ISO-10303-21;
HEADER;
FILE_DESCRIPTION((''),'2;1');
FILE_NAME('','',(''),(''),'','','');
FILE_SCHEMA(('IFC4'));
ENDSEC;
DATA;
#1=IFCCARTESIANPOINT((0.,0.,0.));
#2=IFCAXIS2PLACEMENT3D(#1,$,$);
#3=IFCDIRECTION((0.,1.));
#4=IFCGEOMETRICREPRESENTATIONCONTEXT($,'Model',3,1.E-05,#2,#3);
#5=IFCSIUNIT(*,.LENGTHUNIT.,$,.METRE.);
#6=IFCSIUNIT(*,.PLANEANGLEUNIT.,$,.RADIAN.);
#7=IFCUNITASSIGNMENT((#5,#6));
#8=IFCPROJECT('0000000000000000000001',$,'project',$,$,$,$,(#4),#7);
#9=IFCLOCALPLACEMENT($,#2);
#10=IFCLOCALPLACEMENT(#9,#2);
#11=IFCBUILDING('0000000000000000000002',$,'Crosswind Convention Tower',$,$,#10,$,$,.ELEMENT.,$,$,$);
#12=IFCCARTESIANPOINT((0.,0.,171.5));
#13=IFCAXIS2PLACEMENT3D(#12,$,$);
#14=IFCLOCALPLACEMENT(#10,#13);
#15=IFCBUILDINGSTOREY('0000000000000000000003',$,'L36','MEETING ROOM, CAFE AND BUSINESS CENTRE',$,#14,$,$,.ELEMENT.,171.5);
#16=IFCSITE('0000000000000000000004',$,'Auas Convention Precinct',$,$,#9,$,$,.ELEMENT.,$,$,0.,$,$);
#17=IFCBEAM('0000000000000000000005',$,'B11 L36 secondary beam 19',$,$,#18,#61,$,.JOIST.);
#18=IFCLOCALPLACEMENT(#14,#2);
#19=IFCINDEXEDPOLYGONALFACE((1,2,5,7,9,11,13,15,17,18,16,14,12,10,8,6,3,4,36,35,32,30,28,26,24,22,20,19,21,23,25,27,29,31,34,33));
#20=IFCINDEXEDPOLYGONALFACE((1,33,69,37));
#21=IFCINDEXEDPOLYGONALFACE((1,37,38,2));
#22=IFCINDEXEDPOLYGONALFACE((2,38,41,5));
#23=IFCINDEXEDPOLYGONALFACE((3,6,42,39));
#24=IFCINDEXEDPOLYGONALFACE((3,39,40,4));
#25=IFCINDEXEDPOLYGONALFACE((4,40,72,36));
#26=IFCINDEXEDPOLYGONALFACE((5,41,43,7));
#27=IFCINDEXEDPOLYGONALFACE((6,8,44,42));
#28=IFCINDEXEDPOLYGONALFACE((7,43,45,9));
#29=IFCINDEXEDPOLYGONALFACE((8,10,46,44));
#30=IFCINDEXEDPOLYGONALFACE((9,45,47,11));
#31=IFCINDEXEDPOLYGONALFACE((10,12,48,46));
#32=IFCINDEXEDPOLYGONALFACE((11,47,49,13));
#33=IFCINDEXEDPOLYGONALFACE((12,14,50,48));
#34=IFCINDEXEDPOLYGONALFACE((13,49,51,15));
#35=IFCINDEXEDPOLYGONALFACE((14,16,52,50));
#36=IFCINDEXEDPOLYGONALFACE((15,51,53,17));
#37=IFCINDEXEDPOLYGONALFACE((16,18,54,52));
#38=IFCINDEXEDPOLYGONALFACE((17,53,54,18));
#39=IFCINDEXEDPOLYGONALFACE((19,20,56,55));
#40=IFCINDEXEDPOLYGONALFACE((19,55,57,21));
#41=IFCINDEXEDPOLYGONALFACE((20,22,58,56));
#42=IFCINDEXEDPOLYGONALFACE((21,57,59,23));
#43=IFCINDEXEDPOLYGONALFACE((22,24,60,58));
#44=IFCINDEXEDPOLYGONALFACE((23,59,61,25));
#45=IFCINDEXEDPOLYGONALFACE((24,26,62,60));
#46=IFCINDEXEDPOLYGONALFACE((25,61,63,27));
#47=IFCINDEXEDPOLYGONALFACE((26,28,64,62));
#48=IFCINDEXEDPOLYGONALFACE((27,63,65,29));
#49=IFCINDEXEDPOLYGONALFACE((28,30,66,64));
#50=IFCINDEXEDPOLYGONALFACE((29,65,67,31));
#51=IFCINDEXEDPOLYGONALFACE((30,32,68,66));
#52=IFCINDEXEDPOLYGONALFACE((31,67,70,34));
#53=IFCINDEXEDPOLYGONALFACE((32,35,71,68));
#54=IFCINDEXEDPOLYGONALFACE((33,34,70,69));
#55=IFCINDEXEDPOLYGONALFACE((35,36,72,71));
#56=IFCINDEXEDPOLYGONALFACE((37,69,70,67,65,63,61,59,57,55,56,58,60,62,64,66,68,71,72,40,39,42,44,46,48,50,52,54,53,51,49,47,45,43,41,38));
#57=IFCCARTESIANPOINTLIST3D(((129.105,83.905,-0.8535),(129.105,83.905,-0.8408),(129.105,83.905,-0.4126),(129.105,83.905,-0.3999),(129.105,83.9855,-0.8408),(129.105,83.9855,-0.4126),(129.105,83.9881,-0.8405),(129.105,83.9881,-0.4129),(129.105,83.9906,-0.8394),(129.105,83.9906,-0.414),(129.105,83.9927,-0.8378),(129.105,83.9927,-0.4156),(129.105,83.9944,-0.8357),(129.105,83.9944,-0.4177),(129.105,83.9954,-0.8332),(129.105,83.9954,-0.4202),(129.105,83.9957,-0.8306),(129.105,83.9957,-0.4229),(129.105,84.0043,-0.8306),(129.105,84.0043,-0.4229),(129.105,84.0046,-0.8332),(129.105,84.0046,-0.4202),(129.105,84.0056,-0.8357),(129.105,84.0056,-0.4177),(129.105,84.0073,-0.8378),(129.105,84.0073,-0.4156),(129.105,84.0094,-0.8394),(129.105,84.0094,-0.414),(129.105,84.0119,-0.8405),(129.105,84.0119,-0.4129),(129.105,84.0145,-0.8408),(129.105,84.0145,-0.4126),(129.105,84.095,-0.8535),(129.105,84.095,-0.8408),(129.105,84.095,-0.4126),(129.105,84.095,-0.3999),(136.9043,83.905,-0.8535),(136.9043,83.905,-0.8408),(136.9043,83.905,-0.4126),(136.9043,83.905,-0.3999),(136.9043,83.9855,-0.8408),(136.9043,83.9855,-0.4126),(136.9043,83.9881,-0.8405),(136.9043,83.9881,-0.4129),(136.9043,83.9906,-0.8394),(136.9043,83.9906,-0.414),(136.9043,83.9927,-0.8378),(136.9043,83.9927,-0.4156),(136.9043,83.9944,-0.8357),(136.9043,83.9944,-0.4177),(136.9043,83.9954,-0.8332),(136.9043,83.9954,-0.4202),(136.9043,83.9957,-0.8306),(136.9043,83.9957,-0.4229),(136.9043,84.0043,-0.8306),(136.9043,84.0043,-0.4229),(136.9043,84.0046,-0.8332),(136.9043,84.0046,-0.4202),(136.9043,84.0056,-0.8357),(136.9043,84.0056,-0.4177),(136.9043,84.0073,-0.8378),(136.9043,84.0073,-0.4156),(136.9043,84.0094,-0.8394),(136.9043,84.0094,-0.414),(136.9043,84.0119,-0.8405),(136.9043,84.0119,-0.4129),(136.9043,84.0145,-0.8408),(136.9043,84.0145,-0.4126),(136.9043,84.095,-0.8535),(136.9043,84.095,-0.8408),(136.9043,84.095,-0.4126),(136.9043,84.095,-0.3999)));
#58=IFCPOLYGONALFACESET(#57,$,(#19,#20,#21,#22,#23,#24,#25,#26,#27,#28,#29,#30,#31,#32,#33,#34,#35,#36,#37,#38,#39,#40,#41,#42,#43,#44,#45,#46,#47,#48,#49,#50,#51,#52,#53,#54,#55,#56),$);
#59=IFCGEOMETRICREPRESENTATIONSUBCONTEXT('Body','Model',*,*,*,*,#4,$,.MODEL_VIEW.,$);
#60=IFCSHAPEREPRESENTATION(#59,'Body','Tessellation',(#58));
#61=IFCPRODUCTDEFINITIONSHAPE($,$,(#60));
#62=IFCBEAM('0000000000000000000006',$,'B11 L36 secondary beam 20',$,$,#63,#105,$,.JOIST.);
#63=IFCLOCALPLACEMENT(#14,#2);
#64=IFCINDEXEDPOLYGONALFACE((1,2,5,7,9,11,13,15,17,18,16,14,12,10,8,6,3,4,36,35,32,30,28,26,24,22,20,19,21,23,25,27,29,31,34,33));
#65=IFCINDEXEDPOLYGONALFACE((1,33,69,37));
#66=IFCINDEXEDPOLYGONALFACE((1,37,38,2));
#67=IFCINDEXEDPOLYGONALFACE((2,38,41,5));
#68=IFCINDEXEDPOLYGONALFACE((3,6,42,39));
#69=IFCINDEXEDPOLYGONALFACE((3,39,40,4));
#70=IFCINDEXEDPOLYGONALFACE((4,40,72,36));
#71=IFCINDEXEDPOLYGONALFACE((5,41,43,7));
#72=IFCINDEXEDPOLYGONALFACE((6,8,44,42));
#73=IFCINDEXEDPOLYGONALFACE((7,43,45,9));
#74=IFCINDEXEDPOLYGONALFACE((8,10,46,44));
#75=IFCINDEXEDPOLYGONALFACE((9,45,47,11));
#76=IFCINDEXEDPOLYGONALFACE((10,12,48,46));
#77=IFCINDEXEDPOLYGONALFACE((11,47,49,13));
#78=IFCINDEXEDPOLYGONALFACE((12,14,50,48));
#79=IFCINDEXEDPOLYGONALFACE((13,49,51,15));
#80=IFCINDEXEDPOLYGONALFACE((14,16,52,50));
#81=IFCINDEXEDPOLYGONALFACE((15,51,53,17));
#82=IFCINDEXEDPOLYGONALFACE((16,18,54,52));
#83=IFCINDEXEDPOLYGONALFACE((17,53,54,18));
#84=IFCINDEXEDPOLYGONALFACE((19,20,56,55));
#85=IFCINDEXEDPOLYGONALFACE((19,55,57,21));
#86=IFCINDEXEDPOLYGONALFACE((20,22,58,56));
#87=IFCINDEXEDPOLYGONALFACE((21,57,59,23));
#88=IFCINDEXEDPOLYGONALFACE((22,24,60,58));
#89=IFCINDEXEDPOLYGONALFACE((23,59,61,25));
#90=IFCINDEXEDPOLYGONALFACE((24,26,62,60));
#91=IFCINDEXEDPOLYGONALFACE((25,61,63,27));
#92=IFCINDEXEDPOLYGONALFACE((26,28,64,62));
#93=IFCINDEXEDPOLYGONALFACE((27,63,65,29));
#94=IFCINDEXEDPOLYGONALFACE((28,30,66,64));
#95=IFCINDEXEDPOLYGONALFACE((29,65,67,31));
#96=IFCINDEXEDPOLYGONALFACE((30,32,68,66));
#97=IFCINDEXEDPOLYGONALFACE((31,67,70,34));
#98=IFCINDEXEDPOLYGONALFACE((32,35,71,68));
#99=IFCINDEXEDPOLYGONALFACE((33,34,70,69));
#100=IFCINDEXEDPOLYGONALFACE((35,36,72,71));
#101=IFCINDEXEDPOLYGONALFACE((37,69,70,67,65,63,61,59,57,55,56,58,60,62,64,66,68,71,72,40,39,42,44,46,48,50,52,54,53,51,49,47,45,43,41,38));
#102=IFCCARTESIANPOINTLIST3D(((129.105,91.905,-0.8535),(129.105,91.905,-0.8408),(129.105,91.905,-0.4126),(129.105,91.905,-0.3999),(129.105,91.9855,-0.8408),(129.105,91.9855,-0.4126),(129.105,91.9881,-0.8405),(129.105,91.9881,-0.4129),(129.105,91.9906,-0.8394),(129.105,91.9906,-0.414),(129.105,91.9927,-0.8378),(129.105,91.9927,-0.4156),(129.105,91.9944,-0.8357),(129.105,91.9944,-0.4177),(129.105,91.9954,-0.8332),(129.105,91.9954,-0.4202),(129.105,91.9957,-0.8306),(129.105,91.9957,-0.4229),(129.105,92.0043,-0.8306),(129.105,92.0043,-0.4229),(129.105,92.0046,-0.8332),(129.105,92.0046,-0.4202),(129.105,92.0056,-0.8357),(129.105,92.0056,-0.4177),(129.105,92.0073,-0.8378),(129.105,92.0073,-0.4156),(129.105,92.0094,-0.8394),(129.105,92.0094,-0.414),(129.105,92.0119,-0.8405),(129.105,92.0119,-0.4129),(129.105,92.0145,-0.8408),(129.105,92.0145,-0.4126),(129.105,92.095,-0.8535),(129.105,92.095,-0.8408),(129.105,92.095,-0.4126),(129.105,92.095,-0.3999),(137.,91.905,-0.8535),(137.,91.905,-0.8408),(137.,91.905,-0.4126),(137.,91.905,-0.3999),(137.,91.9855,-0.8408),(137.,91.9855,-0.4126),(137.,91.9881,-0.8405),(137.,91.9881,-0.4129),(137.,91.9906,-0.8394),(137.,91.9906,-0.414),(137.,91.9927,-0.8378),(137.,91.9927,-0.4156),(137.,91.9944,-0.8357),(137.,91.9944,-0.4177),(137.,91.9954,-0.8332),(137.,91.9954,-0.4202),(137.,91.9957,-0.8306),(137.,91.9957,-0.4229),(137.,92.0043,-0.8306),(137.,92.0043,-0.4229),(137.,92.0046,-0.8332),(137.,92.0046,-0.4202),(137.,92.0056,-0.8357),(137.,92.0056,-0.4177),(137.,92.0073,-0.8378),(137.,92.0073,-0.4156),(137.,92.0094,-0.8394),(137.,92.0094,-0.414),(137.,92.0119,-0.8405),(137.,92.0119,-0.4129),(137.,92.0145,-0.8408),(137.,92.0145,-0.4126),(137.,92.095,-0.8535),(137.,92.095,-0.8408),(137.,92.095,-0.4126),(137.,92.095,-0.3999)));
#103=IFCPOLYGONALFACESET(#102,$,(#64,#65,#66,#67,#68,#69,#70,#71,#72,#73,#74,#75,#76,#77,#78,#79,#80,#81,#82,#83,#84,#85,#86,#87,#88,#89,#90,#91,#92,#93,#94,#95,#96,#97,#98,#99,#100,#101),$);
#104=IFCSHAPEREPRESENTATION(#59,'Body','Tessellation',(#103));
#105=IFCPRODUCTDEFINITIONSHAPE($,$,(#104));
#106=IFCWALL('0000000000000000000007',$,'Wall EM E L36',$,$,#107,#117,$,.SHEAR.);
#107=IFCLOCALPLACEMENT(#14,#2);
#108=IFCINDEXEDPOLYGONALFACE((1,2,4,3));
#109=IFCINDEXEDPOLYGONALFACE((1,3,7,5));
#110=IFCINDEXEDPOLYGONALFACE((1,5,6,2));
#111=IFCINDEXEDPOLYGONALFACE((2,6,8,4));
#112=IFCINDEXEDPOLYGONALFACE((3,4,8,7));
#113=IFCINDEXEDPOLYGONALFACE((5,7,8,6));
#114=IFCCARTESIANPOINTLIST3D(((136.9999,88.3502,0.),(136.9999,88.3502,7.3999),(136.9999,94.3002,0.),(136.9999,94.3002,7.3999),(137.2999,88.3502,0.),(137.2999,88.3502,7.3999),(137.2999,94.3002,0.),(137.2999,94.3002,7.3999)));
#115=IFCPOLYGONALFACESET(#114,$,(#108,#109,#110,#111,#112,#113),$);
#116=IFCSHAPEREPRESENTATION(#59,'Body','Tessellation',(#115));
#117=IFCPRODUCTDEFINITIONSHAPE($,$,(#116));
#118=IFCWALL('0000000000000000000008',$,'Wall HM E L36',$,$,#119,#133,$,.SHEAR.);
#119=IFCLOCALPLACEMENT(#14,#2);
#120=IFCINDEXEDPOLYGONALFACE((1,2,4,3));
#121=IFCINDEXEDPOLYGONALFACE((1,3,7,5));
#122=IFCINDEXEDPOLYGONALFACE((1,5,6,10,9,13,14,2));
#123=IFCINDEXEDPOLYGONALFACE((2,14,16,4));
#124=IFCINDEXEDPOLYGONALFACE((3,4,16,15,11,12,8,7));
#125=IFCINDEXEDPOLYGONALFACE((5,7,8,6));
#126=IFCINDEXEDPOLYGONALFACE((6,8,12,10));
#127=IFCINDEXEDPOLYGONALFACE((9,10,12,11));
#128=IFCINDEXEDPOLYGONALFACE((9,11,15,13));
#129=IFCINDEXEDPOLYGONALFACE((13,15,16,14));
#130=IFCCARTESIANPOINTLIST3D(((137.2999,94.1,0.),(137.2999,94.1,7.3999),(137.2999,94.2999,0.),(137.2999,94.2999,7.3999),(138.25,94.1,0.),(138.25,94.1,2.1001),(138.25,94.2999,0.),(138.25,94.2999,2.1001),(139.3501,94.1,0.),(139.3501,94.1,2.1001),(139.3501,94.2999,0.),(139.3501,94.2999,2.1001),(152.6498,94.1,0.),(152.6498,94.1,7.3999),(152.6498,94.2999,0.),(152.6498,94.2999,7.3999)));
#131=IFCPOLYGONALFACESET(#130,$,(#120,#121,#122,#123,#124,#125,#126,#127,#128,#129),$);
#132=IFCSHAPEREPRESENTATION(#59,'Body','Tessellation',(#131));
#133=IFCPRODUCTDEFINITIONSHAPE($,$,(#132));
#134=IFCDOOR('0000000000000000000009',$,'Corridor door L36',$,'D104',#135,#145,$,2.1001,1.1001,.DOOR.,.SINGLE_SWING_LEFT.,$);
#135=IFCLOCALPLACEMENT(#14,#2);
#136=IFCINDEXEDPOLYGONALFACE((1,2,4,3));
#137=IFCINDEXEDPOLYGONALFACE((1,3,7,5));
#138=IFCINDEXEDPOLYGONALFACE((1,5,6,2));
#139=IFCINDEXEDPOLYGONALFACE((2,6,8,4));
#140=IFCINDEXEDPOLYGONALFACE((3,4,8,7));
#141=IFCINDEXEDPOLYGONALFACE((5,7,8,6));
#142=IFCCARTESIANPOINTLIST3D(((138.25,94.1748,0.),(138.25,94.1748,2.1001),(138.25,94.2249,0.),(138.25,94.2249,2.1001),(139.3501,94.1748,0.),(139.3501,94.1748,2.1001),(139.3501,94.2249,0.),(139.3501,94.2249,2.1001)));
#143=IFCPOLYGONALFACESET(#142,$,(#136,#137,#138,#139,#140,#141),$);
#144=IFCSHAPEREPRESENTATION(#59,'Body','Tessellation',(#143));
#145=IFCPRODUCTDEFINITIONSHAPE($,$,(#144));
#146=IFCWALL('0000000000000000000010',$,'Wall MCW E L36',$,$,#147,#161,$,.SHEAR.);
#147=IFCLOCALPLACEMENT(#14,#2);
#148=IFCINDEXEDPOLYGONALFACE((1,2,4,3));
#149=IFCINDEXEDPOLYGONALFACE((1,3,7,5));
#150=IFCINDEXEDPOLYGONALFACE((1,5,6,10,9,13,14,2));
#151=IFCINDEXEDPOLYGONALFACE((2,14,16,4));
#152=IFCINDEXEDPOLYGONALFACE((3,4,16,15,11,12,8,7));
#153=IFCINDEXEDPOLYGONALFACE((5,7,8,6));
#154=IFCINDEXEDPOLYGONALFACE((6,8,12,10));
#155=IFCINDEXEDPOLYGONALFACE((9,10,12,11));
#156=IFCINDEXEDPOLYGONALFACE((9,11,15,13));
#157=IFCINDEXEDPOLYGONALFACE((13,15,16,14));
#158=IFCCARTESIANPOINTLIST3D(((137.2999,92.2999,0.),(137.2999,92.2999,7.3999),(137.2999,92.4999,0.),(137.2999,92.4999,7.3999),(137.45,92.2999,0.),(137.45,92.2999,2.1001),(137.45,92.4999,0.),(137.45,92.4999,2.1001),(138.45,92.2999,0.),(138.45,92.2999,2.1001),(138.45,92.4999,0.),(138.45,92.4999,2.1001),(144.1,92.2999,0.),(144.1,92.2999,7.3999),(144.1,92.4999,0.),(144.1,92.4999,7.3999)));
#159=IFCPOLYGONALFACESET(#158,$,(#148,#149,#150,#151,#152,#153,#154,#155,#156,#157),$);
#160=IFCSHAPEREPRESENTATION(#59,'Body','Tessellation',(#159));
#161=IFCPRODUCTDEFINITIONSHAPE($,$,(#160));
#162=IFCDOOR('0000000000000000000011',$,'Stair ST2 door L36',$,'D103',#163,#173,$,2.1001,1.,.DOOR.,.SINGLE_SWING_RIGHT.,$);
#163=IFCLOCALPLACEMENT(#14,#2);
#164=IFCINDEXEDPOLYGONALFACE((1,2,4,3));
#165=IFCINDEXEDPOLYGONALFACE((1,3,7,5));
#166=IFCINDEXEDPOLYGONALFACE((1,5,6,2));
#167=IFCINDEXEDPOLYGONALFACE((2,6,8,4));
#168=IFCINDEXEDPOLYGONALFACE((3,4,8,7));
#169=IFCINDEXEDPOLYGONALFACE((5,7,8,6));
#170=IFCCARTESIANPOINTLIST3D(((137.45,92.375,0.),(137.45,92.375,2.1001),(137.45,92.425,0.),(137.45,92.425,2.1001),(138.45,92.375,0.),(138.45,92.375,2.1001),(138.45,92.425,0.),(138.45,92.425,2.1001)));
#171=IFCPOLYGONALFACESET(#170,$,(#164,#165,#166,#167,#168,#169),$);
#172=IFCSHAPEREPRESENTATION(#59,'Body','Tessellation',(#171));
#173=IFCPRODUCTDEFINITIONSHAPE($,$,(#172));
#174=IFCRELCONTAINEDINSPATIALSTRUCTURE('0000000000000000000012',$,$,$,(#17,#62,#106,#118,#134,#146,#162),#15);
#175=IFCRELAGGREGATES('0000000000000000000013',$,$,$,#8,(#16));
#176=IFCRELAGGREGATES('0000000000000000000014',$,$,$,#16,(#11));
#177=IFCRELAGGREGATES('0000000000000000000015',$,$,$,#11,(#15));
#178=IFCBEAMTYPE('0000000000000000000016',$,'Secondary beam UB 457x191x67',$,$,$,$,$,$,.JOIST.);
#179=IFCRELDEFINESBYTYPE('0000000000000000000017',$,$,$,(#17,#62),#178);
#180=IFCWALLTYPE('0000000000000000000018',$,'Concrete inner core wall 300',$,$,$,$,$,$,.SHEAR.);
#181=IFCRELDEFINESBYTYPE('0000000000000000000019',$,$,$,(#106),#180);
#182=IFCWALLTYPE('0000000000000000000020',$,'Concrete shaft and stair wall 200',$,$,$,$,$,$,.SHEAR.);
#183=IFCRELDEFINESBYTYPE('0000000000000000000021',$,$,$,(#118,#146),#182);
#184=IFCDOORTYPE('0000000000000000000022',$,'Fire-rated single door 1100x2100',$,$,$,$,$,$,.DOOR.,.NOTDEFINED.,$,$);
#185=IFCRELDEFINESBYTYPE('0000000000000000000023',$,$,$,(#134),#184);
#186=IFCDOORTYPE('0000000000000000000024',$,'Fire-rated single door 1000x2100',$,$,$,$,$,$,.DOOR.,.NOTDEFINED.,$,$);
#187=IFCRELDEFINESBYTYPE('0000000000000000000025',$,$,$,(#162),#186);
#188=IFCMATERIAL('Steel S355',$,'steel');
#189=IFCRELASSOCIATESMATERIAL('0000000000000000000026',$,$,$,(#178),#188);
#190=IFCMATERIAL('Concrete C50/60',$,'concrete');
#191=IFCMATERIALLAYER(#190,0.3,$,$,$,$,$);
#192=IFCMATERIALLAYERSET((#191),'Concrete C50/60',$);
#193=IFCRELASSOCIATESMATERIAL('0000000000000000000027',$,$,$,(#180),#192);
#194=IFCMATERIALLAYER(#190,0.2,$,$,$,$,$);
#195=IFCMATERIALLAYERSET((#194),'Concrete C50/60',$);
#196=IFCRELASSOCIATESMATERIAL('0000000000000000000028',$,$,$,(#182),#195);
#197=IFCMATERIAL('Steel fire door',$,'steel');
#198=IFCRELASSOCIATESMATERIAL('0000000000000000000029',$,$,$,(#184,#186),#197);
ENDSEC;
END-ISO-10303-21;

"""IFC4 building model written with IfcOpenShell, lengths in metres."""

from ifc_helpers import new_model, si_unit, direction, frame, frame_2d, origin, origin_2d, place, context, subcontext, project, spatial, rectangle, i_section, extrude, material, layer, layer_set, material_profile, profile_set, type_object, element, fill, save


model = new_model("IFC4")

# Units and contexts
model_context = context("Model", 3, precision=1e-05, world=origin(), true_north=direction((0.0, 1.0)))
body_context = subcontext(model_context, "Body", "Model", "MODEL_VIEW")
ifc_project = project(units=[si_unit("LENGTHUNIT", "METRE"), si_unit("PLANEANGLEUNIT", "RADIAN")], contexts=[model_context])

# Site, building, storey
site_placement = place(None, origin())
site = spatial("IfcSite", under=ifc_project, at=site_placement, Name="Auas Convention Precinct", CompositionType="ELEMENT", RefElevation=0.0)
building_placement = place(site_placement, origin())
building = spatial("IfcBuilding", under=site, at=building_placement, Name="Crosswind Convention Tower", CompositionType="ELEMENT")
storey_placement = place(building_placement, frame((0.0, 0.0, 171.5)))
storey = spatial("IfcBuildingStorey", under=building, at=storey_placement, Name="L36", Description="MEETING ROOM, CAFE AND BUSINESS CENTRE", CompositionType="ELEMENT", Elevation=171.5)

# Beams
ifc_material_1 = material(Name="Steel S355", Category="steel")
ifc_material_profile_1 = material_profile(ifc_material_1, i_section(OverallWidth=0.1899, OverallDepth=0.4536, WebThickness=0.0085, FlangeThickness=0.0127, FilletRadius=0.0103, at=origin_2d()), Name="UB 457x191x67")
ifc_profile_set_1 = profile_set([ifc_material_profile_1], Name="Steel S355")
beam_type_1 = type_object("IfcBeamType", Name="Secondary beam UB 457x191x67", PredefinedType="JOIST", material=ifc_profile_set_1)
beam_1_placement = place(storey_placement, frame((129.105, 84.0, -0.6267), z_axis=(1.0, 0.0, 0.0), x_axis=(0.0, 1.0, 0.0)))
element("IfcBeam", 1, at=beam_1_placement, inside=storey, type_object=beam_type_1, Name="B11 L36 secondary beam 19", PredefinedType="JOIST", context=body_context, shape_type="SweptSolid", body=[
    extrude(i_section(OverallWidth=0.1899, OverallDepth=0.4536, WebThickness=0.0085, FlangeThickness=0.0127, FilletRadius=0.0103, at=origin_2d()), origin(), (0.0, 0.0, 1.0), 7.7993),
])
beam_2_placement = place(storey_placement, frame((129.105, 92.0, -0.6267), z_axis=(1.0, 0.0, 0.0), x_axis=(0.0, 1.0, 0.0)))
element("IfcBeam", 2, at=beam_2_placement, inside=storey, type_object=beam_type_1, Name="B11 L36 secondary beam 20", PredefinedType="JOIST", context=body_context, shape_type="SweptSolid", body=[
    extrude(i_section(OverallWidth=0.1899, OverallDepth=0.4536, WebThickness=0.0085, FlangeThickness=0.0127, FilletRadius=0.0103, at=origin_2d()), origin(), (0.0, 0.0, 1.0), 7.895),
])

# Shared definitions
ifc_material_2 = material(Name="Concrete C50/60", Category="concrete")
ifc_layer_1 = layer(ifc_material_2, 0.3)
ifc_layer_set_1 = layer_set([ifc_layer_1], Name="Concrete C50/60")
wall_type_1 = type_object("IfcWallType", Name="Concrete inner core wall 300", PredefinedType="SHEAR", material=ifc_layer_set_1)

# Wall
wall_1_placement = place(storey_placement, frame((137.1499, 88.3501, 0.0), z_axis=(0.0, 0.0, 1.0), x_axis=(0.0, 1.0, 0.0)))
element("IfcWall", 3, at=wall_1_placement, inside=storey, type_object=wall_type_1, Name="Wall EM E L36", PredefinedType="SHEAR", context=body_context, shape_type="SweptSolid", body=[
    extrude(rectangle(XDim=5.95, YDim=0.3, at=frame_2d((2.9751, 0.0))), origin(), (0.0, 0.0, 1.0), 7.3999),
])

# Walls, openings, doors
ifc_layer_2 = layer(ifc_material_2, 0.2)
ifc_layer_set_2 = layer_set([ifc_layer_2], Name="Concrete C50/60")
wall_type_2 = type_object("IfcWallType", Name="Concrete shaft and stair wall 200", PredefinedType="SHEAR", material=ifc_layer_set_2)
wall_2_placement = place(storey_placement, frame((137.3, 94.2, 0.0), z_axis=(0.0, 0.0, 1.0), x_axis=(1.0, 0.0, 0.0)))
wall_2 = element("IfcWall", 4, at=wall_2_placement, inside=storey, type_object=wall_type_2, Name="Wall HM E L36", PredefinedType="SHEAR", context=body_context, shape_type="SweptSolid", body=[
    extrude(rectangle(XDim=15.3499, YDim=0.2, at=frame_2d((7.6748, 0.0))), origin(), (0.0, 0.0, 1.0), 7.3999),
])
opening_1_placement = place(wall_2_placement, frame((0.95, 0.0, 0.0)))
opening_1 = element("IfcOpeningElement", 5, at=opening_1_placement, cuts=wall_2, PredefinedType="OPENING", context=body_context, shape_type="SweptSolid", body=[
    extrude(rectangle(XDim=1.1001, YDim=2.1001, at=frame_2d((0.55, 1.05))), frame((0.0, 0.1099, 0.0), z_axis=(0.0, -1.0, 0.0), x_axis=(1.0, 0.0, 0.0)), (0.0, 0.0, 1.0), 0.22),
])
ifc_material_3 = material(Name="Steel fire door", Category="steel")
door_type_1 = type_object("IfcDoorType", Name="Fire-rated single door 1100x2100", OperationType="NOTDEFINED", PredefinedType="DOOR", material=ifc_material_3)
door_1_placement = place(opening_1_placement, origin())
door_1 = element("IfcDoor", 6, at=door_1_placement, inside=storey, type_object=door_type_1, Name="Corridor door L36", ObjectType="D104", OperationType="SINGLE_SWING_LEFT", OverallHeight=2.1001, OverallWidth=1.1001, PredefinedType="DOOR", context=body_context, shape_type="SweptSolid", body=[
    extrude(rectangle(XDim=1.1001, YDim=2.1001, at=frame_2d((0.55, 1.05))), frame((0.0, 0.0249, 0.0), z_axis=(0.0, -1.0, 0.0), x_axis=(1.0, 0.0, 0.0)), (0.0, 0.0, 1.0), 0.05),
])
fill(opening_1, door_1)
wall_3_placement = place(storey_placement, frame((137.3, 92.3999, 0.0), z_axis=(0.0, 0.0, 1.0), x_axis=(1.0, 0.0, 0.0)))
wall_3 = element("IfcWall", 7, at=wall_3_placement, inside=storey, type_object=wall_type_2, Name="Wall MCW E L36", PredefinedType="SHEAR", context=body_context, shape_type="SweptSolid", body=[
    extrude(rectangle(XDim=6.8, YDim=0.2, at=frame_2d((3.3999, 0.0))), origin(), (0.0, 0.0, 1.0), 7.3999),
])
opening_2_placement = place(wall_3_placement, frame((0.1499, 0.0, 0.0)))
opening_2 = element("IfcOpeningElement", 8, at=opening_2_placement, cuts=wall_3, PredefinedType="OPENING", context=body_context, shape_type="SweptSolid", body=[
    extrude(rectangle(XDim=1.0, YDim=2.1001, at=frame_2d((0.5, 1.05))), frame((0.0, 0.1099, 0.0), z_axis=(0.0, -1.0, 0.0), x_axis=(1.0, 0.0, 0.0)), (0.0, 0.0, 1.0), 0.22),
])
door_type_2 = type_object("IfcDoorType", Name="Fire-rated single door 1000x2100", OperationType="NOTDEFINED", PredefinedType="DOOR", material=ifc_material_3)
door_2_placement = place(opening_2_placement, frame((1.0, 0.0, 0.0), z_axis=(0.0, 0.0, 1.0), x_axis=(-1.0, 0.0, 0.0)))
door_2 = element("IfcDoor", 9, at=door_2_placement, inside=storey, type_object=door_type_2, Name="Stair ST2 door L36", ObjectType="D103", OperationType="SINGLE_SWING_RIGHT", OverallHeight=2.1001, OverallWidth=1.0, PredefinedType="DOOR", context=body_context, shape_type="SweptSolid", body=[
    extrude(rectangle(XDim=1.0, YDim=2.1001, at=frame_2d((0.5, 1.05))), frame((0.0, 0.0249, 0.0), z_axis=(0.0, -1.0, 0.0), x_axis=(1.0, 0.0, 0.0)), (0.0, 0.0, 1.0), 0.05),
])
fill(opening_2, door_2)

save(model, "model.ifc")
